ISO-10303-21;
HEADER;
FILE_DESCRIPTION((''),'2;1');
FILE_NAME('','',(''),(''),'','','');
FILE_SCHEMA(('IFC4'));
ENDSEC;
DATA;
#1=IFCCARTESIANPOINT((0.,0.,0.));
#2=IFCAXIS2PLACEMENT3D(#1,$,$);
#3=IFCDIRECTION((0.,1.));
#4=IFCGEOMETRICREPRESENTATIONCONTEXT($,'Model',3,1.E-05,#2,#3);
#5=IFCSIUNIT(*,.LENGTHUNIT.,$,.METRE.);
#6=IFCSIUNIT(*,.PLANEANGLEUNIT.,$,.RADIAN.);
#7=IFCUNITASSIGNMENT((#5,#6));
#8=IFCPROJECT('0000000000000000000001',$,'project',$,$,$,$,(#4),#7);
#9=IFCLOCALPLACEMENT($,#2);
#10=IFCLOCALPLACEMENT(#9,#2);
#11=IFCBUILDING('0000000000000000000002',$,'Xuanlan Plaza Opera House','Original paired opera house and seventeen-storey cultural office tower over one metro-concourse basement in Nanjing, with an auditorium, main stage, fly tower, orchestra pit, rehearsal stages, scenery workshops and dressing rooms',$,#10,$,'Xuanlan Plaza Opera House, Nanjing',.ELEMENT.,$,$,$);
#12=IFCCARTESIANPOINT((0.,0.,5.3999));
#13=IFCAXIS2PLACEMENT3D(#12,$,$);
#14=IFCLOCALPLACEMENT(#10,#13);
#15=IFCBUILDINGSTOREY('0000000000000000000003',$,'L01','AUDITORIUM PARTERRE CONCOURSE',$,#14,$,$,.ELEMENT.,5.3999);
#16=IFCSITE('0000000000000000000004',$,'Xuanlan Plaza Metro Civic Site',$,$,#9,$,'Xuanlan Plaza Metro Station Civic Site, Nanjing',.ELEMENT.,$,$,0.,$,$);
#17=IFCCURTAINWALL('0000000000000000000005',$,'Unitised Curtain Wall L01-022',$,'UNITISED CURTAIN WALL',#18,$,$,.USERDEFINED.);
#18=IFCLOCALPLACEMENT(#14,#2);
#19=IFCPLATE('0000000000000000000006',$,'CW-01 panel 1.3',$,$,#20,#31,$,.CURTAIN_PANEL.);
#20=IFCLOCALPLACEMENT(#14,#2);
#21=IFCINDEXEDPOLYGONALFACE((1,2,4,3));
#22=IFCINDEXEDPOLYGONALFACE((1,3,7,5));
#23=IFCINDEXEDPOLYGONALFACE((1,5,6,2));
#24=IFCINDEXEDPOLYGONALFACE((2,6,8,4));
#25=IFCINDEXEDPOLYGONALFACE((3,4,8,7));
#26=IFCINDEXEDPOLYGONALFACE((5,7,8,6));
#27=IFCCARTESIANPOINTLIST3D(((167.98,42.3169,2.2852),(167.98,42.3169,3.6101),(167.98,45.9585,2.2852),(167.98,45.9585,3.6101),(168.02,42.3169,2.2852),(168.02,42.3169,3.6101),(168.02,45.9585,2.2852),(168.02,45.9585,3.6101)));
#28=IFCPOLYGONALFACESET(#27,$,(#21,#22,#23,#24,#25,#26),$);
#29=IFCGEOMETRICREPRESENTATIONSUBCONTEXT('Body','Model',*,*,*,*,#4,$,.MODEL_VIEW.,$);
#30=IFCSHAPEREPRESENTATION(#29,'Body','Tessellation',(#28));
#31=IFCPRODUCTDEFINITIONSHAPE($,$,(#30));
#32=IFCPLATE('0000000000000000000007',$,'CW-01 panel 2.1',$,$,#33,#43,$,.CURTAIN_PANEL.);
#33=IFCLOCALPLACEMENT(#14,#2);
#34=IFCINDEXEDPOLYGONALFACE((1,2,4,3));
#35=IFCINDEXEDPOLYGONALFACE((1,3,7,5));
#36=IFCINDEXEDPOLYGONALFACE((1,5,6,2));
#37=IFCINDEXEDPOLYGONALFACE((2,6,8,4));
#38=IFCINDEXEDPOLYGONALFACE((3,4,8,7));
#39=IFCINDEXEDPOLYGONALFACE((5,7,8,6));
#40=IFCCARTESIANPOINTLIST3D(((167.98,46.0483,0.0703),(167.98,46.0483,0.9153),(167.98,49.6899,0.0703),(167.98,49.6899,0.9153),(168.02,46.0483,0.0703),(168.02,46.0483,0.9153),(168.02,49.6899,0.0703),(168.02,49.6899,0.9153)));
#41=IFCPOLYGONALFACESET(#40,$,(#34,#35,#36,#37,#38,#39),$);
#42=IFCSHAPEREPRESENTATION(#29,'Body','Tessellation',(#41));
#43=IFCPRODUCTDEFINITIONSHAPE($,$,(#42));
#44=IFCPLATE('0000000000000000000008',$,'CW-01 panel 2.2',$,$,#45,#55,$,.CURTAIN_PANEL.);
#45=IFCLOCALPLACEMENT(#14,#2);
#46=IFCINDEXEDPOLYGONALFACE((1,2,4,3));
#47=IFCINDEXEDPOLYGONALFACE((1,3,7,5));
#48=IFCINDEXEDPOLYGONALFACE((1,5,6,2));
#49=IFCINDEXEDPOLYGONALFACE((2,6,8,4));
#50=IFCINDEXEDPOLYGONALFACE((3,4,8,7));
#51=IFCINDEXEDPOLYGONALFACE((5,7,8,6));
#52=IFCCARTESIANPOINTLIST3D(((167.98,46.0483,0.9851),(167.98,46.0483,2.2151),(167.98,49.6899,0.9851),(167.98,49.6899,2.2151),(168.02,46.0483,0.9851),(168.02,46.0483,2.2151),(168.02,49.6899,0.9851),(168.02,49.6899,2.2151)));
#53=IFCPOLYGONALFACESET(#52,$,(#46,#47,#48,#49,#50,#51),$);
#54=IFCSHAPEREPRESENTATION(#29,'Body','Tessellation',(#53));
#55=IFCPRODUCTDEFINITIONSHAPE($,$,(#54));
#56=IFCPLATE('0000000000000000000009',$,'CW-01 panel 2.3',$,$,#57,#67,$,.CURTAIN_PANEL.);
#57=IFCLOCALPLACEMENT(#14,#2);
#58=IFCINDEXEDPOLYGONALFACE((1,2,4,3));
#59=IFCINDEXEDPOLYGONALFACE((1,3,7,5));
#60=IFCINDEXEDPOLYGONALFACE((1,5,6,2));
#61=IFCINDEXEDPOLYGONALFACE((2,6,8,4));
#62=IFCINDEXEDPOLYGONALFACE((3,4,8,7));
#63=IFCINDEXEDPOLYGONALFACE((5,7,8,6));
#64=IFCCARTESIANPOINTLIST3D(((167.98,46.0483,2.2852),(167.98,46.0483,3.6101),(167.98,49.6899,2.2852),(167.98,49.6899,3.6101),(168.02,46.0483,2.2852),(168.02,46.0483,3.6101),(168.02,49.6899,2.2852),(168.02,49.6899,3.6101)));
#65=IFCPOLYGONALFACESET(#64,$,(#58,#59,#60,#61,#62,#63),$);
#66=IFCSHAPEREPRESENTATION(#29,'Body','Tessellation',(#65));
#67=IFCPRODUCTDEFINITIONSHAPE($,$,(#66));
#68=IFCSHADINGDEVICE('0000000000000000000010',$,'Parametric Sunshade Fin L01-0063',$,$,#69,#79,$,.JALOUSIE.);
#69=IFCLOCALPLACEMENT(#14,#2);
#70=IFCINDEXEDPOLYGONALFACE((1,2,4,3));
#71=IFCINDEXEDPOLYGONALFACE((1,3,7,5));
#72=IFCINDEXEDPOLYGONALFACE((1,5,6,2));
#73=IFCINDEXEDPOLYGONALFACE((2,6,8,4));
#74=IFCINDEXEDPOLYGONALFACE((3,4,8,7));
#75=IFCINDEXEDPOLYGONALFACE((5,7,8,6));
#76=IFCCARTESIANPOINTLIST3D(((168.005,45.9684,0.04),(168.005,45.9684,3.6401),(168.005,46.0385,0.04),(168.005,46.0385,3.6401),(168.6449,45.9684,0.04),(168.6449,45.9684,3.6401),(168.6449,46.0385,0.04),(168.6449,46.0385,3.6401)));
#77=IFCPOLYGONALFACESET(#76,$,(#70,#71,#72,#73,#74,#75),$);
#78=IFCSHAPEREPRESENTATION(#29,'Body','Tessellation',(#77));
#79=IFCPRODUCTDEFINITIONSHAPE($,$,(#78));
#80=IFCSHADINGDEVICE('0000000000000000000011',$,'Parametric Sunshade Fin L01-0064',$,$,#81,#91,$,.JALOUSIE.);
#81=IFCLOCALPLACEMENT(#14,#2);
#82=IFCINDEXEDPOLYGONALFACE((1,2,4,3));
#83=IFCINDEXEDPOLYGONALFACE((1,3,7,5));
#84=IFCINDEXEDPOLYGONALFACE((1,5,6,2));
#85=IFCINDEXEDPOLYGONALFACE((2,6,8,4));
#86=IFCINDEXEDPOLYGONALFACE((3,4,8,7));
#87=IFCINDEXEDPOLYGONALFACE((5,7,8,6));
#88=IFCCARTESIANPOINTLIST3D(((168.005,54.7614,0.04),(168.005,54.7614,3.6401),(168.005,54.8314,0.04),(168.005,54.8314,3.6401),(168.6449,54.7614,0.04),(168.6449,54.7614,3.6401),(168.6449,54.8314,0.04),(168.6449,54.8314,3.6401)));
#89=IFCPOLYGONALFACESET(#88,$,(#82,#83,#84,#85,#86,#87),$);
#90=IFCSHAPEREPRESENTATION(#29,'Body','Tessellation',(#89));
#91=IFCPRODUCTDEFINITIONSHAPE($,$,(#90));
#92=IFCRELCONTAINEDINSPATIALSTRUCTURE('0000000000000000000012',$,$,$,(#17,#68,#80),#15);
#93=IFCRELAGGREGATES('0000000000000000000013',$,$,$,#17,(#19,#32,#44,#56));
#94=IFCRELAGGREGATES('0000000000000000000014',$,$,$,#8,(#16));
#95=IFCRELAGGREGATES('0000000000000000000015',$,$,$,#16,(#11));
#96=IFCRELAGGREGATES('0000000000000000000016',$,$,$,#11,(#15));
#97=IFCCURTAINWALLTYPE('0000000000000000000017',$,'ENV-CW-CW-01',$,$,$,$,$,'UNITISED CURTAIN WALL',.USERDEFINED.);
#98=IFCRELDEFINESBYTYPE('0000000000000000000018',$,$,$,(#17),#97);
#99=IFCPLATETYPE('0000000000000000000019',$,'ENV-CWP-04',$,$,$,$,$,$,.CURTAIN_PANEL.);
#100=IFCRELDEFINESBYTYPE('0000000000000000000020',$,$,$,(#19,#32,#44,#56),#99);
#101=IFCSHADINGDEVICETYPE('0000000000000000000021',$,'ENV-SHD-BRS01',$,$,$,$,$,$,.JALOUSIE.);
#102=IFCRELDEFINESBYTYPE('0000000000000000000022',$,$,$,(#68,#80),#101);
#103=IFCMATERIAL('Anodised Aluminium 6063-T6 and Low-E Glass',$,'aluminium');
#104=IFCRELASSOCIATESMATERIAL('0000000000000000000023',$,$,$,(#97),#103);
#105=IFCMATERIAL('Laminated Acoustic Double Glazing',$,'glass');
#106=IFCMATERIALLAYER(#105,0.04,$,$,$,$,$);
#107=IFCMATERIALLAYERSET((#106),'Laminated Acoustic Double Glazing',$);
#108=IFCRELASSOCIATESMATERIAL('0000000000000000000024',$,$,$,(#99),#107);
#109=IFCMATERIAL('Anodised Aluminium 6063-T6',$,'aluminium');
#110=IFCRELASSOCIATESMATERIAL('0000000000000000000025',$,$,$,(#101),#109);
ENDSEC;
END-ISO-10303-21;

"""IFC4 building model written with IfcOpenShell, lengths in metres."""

from ifc_helpers import new_model, si_unit, direction, frame, origin, origin_2d, place, context, subcontext, project, spatial, rectangle, extrude, material, layer, layer_set, type_object, element, aggregate, save


model = new_model("IFC4")

# Units and contexts
model_context = context("Model", 3, precision=1e-05, world=origin(), true_north=direction((0.0, 1.0)))
body_context = subcontext(model_context, "Body", "Model", "MODEL_VIEW")
ifc_project = project(units=[si_unit("LENGTHUNIT", "METRE"), si_unit("PLANEANGLEUNIT", "RADIAN")], contexts=[model_context])

# Site, building, storey
site_placement = place(None, origin())
site = spatial("IfcSite", under=ifc_project, at=site_placement, Name="Xuanlan Plaza Metro Civic Site", LongName="Xuanlan Plaza Metro Station Civic Site, Nanjing", CompositionType="ELEMENT", RefElevation=0.0)
building_placement = place(site_placement, origin())
building = spatial("IfcBuilding", under=site, at=building_placement, Name="Xuanlan Plaza Opera House", Description="Original paired opera house and seventeen-storey cultural office tower over one metro-concourse basement in Nanjing, with an auditorium, main stage, fly tower, orchestra pit, rehearsal stages, scenery workshops and dressing rooms", LongName="Xuanlan Plaza Opera House, Nanjing", CompositionType="ELEMENT")
storey_placement = place(building_placement, frame((0.0, 0.0, 5.3999)))
storey = spatial("IfcBuildingStorey", under=building, at=storey_placement, Name="L01", Description="AUDITORIUM PARTERRE CONCOURSE", CompositionType="ELEMENT", Elevation=5.3999)

# Curtain wall
ifc_material_1 = material(Name="Anodised Aluminium 6063-T6 and Low-E Glass", Category="aluminium")
ifc_material_2 = material(Name="Anodised Aluminium 6063-T6", Category="aluminium")
curtain_wall_type_1 = type_object("IfcCurtainWallType", Name="ENV-CW-CW-01", ElementType="UNITISED CURTAIN WALL", PredefinedType="USERDEFINED", material=ifc_material_1)
curtain_wall_1_placement = place(storey_placement, origin())
curtain_wall_1 = element("IfcCurtainWall", 1, at=curtain_wall_1_placement, inside=storey, type_object=curtain_wall_type_1, Name="Unitised Curtain Wall L01-022", ObjectType="UNITISED CURTAIN WALL", PredefinedType="USERDEFINED")

# Plates
ifc_material_3 = material(Name="Laminated Acoustic Double Glazing", Category="glass")
ifc_layer_1 = layer(ifc_material_3, 0.04)
ifc_layer_set_1 = layer_set([ifc_layer_1], Name="Laminated Acoustic Double Glazing")
plate_type_1 = type_object("IfcPlateType", Name="ENV-CWP-04", PredefinedType="CURTAIN_PANEL", material=ifc_layer_set_1)
plate_1_placement = place(storey_placement, frame((168.0, 44.1377, 2.2852), z_axis=(0.0, 0.0, 1.0), x_axis=(0.0, 1.0, 0.0)))
plate_1 = element("IfcPlate", 2, at=plate_1_placement, type_object=plate_type_1, Name="CW-01 panel 1.3", PredefinedType="CURTAIN_PANEL", context=body_context, shape_type="SweptSolid", body=[
    extrude(rectangle(XDim=3.6416, YDim=0.04, at=origin_2d()), origin(), (0.0, 0.0, 1.0), 1.325),
])
plate_2_placement = place(storey_placement, frame((168.0, 47.8691, 0.0703), z_axis=(0.0, 0.0, 1.0), x_axis=(0.0, 1.0, 0.0)))
plate_2 = element("IfcPlate", 3, at=plate_2_placement, type_object=plate_type_1, Name="CW-01 panel 2.1", PredefinedType="CURTAIN_PANEL", context=body_context, shape_type="SweptSolid", body=[
    extrude(rectangle(XDim=3.6416, YDim=0.04, at=origin_2d()), origin(), (0.0, 0.0, 1.0), 0.845),
])
plate_3_placement = place(storey_placement, frame((168.0, 47.8691, 0.9851), z_axis=(0.0, 0.0, 1.0), x_axis=(0.0, 1.0, 0.0)))
plate_3 = element("IfcPlate", 4, at=plate_3_placement, type_object=plate_type_1, Name="CW-01 panel 2.2", PredefinedType="CURTAIN_PANEL", context=body_context, shape_type="SweptSolid", body=[
    extrude(rectangle(XDim=3.6416, YDim=0.04, at=origin_2d()), origin(), (0.0, 0.0, 1.0), 1.23),
])
plate_4_placement = place(storey_placement, frame((168.0, 47.8691, 2.2852), z_axis=(0.0, 0.0, 1.0), x_axis=(0.0, 1.0, 0.0)))
plate_4 = element("IfcPlate", 5, at=plate_4_placement, type_object=plate_type_1, Name="CW-01 panel 2.3", PredefinedType="CURTAIN_PANEL", context=body_context, shape_type="SweptSolid", body=[
    extrude(rectangle(XDim=3.6416, YDim=0.04, at=origin_2d()), origin(), (0.0, 0.0, 1.0), 1.325),
])
aggregate(curtain_wall_1, [plate_1, plate_2, plate_3, plate_4])

# Shading devices
shading_device_type = type_object("IfcShadingDeviceType", Name="ENV-SHD-BRS01", PredefinedType="JALOUSIE", material=ifc_material_2)
for number, where, z_axis, x_axis, name in (
    (6, (168.325, 46.0034, 0.04), (0.0, 0.0, 1.0), (1.0, 0.0, 0.0), "Parametric Sunshade Fin L01-0063"),
    (7, (168.325, 54.7964, 0.04), (0.0, 0.0, 1.0), (1.0, 0.0, 0.0), "Parametric Sunshade Fin L01-0064"),
):
    element("IfcShadingDevice", number, at=place(storey_placement, frame(where, z_axis=z_axis, x_axis=x_axis)), inside=storey, type_object=shading_device_type, Name=name, PredefinedType="JALOUSIE", context=body_context, shape_type="SweptSolid", body=[
        extrude(rectangle(XDim=0.6399, YDim=0.0701, at=origin_2d()), origin(), (0.0, 0.0, 1.0), 3.6001),
    ])

save(model, "model.ifc")
